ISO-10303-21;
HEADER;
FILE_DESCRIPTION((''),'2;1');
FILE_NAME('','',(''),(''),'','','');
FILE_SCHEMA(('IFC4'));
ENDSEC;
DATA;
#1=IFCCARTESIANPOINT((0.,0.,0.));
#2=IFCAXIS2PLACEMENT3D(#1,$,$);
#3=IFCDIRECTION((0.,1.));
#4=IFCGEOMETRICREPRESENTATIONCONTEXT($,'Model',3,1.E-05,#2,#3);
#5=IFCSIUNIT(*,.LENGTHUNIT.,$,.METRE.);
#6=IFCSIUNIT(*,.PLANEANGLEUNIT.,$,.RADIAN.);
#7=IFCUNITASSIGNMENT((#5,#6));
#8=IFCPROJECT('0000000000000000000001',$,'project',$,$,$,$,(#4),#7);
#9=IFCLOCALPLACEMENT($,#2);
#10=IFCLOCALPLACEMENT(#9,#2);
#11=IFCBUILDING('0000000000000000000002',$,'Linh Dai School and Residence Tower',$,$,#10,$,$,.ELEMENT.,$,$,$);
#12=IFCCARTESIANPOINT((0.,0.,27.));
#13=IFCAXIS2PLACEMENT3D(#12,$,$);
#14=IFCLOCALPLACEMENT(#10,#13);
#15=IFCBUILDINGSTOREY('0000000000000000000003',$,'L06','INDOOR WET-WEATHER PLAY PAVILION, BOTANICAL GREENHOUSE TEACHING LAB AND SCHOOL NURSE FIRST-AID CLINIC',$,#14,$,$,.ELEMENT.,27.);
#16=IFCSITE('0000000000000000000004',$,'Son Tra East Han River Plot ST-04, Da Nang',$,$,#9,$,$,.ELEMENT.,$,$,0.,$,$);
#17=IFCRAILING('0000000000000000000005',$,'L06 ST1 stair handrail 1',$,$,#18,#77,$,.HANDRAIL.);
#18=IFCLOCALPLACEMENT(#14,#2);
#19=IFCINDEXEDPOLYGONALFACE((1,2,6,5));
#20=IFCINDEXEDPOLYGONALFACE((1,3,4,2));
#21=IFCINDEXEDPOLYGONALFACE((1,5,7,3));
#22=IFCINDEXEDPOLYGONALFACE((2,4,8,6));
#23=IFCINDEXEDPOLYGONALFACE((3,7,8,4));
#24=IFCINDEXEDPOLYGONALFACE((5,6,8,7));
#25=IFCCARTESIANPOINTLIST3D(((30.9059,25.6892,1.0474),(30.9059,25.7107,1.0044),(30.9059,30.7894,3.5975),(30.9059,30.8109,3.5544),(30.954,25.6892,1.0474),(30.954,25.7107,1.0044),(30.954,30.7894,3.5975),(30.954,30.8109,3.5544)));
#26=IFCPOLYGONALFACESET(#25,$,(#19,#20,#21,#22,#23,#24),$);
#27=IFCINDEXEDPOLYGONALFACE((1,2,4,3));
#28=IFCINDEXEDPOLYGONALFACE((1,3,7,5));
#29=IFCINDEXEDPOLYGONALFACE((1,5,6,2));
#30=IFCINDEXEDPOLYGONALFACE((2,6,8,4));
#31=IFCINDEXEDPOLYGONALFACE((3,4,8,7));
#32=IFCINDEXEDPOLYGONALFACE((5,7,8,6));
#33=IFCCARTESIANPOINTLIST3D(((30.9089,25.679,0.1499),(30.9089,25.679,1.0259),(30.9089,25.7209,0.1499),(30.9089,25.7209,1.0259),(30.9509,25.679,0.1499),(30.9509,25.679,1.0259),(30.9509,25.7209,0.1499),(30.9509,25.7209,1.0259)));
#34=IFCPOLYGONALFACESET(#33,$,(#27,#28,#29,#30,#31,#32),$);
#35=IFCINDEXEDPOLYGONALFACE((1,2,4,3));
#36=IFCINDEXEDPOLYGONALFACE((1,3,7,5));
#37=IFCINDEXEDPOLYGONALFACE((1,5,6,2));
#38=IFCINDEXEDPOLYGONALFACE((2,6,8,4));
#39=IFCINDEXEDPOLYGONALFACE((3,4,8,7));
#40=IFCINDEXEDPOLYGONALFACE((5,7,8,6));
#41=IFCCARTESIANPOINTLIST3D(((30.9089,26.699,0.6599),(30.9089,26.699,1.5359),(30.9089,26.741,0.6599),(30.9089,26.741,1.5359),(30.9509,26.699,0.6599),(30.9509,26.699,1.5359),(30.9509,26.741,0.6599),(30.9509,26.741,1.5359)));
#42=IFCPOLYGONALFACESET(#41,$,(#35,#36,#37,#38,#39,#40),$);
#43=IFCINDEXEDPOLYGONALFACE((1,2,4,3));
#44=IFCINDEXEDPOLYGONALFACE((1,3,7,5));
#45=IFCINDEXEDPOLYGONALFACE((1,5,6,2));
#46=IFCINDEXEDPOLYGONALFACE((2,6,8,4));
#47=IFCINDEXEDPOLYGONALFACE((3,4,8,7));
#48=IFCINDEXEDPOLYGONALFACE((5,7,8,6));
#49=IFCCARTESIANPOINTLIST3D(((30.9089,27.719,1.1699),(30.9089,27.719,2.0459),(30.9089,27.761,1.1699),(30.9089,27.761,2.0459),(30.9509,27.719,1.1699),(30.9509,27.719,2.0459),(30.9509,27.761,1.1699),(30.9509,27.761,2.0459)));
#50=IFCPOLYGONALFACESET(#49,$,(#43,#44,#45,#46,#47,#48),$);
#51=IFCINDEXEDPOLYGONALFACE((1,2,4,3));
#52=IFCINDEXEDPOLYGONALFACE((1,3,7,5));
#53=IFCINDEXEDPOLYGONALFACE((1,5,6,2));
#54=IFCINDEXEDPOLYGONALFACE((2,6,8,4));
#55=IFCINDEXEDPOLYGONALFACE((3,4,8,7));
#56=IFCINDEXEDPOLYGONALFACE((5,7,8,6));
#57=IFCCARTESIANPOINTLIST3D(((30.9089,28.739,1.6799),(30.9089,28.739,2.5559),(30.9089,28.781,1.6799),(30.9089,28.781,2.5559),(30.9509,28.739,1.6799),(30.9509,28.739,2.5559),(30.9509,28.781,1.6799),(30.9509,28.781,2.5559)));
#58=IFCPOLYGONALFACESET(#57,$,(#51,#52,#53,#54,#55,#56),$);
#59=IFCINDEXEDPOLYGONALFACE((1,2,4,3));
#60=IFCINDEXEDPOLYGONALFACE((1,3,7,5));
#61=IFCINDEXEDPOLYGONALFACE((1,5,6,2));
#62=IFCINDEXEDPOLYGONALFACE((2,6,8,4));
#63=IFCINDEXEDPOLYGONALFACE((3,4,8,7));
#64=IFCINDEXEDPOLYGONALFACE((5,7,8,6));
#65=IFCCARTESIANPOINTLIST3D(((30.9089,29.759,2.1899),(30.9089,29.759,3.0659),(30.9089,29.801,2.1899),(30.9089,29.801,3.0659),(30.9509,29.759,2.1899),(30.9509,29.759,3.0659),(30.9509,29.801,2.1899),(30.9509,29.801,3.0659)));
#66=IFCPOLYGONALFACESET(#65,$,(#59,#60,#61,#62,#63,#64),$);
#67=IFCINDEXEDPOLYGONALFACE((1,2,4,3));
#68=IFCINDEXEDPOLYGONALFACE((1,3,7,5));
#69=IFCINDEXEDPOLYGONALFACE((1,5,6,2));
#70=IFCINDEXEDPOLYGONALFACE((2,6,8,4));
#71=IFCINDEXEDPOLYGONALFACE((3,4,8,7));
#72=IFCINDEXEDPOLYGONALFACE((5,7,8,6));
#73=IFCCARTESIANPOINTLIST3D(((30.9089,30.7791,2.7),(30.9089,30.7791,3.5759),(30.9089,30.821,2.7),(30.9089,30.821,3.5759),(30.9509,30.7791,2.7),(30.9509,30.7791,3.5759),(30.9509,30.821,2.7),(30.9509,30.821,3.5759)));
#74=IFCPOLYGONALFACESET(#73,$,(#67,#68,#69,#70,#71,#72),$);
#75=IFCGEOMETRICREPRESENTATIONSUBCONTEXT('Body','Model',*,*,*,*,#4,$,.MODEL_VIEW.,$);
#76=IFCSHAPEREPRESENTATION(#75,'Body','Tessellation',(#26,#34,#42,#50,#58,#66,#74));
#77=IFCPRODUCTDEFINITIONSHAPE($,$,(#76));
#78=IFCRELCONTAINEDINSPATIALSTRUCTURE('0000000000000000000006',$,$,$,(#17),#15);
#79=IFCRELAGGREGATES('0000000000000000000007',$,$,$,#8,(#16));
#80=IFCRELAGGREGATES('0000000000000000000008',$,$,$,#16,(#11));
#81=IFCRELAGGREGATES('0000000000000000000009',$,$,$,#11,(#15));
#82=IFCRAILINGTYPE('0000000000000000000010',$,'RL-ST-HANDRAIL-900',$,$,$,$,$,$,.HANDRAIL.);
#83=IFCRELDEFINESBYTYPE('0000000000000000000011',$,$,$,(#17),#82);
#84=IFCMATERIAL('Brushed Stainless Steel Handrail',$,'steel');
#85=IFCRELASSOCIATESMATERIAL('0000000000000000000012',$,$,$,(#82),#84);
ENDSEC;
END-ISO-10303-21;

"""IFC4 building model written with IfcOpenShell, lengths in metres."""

from ifc_helpers import new_model, si_unit, direction, frame, origin, origin_2d, place, context, subcontext, project, spatial, rectangle, extrude, source, transform, mapped, material, type_object, element, save


model = new_model("IFC4")

# Units and contexts
model_context = context("Model", 3, precision=1e-05, world=origin(), true_north=direction((0.0, 1.0)))
body_context = subcontext(model_context, "Body", "Model", "MODEL_VIEW")
ifc_project = project(units=[si_unit("LENGTHUNIT", "METRE"), si_unit("PLANEANGLEUNIT", "RADIAN")], contexts=[model_context])

# Site, building, storey
site_placement = place(None, origin())
site = spatial("IfcSite", under=ifc_project, at=site_placement, Name="Son Tra East Han River Plot ST-04, Da Nang", CompositionType="ELEMENT", RefElevation=0.0)
building_placement = place(site_placement, origin())
building = spatial("IfcBuilding", under=site, at=building_placement, Name="Linh Dai School and Residence Tower", CompositionType="ELEMENT")
storey_placement = place(building_placement, frame((0.0, 0.0, 27.0)))
storey = spatial("IfcBuildingStorey", under=building, at=storey_placement, Name="L06", Description="INDOOR WET-WEATHER PLAY PAVILION, BOTANICAL GREENHOUSE TEACHING LAB AND SCHOOL NURSE FIRST-AID CLINIC", CompositionType="ELEMENT", Elevation=27.0)

# Railing
ifc_material_1 = material(Name="Brushed Stainless Steel Handrail", Category="steel")
railing_type_1 = type_object("IfcRailingType", Name="RL-ST-HANDRAIL-900", PredefinedType="HANDRAIL", material=ifc_material_1)
shared_shape_1 = source(origin(), body_context, "Body", "SweptSolid", [
    extrude(rectangle(XDim=0.0481, YDim=0.0481, at=origin_2d()), frame((0.0, 0.0, 0.876), z_axis=(0.0, 0.894427, 0.447214), x_axis=(-1.0, 0.0, 0.0)), (0.0, 0.0, 1.0), 5.7021),
    extrude(rectangle(XDim=0.042, YDim=0.042, at=origin_2d()), origin(), (0.0, 0.0, 1.0), 0.876),
    extrude(rectangle(XDim=0.042, YDim=0.042, at=origin_2d()), frame((0.0, 1.02, 0.51)), (0.0, 0.0, 1.0), 0.876),
    extrude(rectangle(XDim=0.042, YDim=0.042, at=origin_2d()), frame((0.0, 2.04, 1.02)), (0.0, 0.0, 1.0), 0.876),
    extrude(rectangle(XDim=0.042, YDim=0.042, at=origin_2d()), frame((0.0, 3.0601, 1.53)), (0.0, 0.0, 1.0), 0.876),
    extrude(rectangle(XDim=0.042, YDim=0.042, at=origin_2d()), frame((0.0, 4.0801, 2.04)), (0.0, 0.0, 1.0), 0.876),
    extrude(rectangle(XDim=0.042, YDim=0.042, at=origin_2d()), frame((0.0, 5.1001, 2.55)), (0.0, 0.0, 1.0), 0.876),
])
railing_1_placement = place(storey_placement, frame((30.9299, 25.7, 0.1499)))
element("IfcRailing", 1, at=railing_1_placement, inside=storey, type_object=railing_type_1, Name="L06 ST1 stair handrail 1", PredefinedType="HANDRAIL", context=body_context, shape_type="MappedRepresentation", body=[
    mapped(shared_shape_1, transform((0.0, 0.0, 0.0), x_axis=(1.0, 0.0, 0.0), y_axis=(0.0, 1.0, 0.0), z_axis=(0.0, 0.0, 1.0), scale=1.0)),
])

save(model, "model.ifc")
